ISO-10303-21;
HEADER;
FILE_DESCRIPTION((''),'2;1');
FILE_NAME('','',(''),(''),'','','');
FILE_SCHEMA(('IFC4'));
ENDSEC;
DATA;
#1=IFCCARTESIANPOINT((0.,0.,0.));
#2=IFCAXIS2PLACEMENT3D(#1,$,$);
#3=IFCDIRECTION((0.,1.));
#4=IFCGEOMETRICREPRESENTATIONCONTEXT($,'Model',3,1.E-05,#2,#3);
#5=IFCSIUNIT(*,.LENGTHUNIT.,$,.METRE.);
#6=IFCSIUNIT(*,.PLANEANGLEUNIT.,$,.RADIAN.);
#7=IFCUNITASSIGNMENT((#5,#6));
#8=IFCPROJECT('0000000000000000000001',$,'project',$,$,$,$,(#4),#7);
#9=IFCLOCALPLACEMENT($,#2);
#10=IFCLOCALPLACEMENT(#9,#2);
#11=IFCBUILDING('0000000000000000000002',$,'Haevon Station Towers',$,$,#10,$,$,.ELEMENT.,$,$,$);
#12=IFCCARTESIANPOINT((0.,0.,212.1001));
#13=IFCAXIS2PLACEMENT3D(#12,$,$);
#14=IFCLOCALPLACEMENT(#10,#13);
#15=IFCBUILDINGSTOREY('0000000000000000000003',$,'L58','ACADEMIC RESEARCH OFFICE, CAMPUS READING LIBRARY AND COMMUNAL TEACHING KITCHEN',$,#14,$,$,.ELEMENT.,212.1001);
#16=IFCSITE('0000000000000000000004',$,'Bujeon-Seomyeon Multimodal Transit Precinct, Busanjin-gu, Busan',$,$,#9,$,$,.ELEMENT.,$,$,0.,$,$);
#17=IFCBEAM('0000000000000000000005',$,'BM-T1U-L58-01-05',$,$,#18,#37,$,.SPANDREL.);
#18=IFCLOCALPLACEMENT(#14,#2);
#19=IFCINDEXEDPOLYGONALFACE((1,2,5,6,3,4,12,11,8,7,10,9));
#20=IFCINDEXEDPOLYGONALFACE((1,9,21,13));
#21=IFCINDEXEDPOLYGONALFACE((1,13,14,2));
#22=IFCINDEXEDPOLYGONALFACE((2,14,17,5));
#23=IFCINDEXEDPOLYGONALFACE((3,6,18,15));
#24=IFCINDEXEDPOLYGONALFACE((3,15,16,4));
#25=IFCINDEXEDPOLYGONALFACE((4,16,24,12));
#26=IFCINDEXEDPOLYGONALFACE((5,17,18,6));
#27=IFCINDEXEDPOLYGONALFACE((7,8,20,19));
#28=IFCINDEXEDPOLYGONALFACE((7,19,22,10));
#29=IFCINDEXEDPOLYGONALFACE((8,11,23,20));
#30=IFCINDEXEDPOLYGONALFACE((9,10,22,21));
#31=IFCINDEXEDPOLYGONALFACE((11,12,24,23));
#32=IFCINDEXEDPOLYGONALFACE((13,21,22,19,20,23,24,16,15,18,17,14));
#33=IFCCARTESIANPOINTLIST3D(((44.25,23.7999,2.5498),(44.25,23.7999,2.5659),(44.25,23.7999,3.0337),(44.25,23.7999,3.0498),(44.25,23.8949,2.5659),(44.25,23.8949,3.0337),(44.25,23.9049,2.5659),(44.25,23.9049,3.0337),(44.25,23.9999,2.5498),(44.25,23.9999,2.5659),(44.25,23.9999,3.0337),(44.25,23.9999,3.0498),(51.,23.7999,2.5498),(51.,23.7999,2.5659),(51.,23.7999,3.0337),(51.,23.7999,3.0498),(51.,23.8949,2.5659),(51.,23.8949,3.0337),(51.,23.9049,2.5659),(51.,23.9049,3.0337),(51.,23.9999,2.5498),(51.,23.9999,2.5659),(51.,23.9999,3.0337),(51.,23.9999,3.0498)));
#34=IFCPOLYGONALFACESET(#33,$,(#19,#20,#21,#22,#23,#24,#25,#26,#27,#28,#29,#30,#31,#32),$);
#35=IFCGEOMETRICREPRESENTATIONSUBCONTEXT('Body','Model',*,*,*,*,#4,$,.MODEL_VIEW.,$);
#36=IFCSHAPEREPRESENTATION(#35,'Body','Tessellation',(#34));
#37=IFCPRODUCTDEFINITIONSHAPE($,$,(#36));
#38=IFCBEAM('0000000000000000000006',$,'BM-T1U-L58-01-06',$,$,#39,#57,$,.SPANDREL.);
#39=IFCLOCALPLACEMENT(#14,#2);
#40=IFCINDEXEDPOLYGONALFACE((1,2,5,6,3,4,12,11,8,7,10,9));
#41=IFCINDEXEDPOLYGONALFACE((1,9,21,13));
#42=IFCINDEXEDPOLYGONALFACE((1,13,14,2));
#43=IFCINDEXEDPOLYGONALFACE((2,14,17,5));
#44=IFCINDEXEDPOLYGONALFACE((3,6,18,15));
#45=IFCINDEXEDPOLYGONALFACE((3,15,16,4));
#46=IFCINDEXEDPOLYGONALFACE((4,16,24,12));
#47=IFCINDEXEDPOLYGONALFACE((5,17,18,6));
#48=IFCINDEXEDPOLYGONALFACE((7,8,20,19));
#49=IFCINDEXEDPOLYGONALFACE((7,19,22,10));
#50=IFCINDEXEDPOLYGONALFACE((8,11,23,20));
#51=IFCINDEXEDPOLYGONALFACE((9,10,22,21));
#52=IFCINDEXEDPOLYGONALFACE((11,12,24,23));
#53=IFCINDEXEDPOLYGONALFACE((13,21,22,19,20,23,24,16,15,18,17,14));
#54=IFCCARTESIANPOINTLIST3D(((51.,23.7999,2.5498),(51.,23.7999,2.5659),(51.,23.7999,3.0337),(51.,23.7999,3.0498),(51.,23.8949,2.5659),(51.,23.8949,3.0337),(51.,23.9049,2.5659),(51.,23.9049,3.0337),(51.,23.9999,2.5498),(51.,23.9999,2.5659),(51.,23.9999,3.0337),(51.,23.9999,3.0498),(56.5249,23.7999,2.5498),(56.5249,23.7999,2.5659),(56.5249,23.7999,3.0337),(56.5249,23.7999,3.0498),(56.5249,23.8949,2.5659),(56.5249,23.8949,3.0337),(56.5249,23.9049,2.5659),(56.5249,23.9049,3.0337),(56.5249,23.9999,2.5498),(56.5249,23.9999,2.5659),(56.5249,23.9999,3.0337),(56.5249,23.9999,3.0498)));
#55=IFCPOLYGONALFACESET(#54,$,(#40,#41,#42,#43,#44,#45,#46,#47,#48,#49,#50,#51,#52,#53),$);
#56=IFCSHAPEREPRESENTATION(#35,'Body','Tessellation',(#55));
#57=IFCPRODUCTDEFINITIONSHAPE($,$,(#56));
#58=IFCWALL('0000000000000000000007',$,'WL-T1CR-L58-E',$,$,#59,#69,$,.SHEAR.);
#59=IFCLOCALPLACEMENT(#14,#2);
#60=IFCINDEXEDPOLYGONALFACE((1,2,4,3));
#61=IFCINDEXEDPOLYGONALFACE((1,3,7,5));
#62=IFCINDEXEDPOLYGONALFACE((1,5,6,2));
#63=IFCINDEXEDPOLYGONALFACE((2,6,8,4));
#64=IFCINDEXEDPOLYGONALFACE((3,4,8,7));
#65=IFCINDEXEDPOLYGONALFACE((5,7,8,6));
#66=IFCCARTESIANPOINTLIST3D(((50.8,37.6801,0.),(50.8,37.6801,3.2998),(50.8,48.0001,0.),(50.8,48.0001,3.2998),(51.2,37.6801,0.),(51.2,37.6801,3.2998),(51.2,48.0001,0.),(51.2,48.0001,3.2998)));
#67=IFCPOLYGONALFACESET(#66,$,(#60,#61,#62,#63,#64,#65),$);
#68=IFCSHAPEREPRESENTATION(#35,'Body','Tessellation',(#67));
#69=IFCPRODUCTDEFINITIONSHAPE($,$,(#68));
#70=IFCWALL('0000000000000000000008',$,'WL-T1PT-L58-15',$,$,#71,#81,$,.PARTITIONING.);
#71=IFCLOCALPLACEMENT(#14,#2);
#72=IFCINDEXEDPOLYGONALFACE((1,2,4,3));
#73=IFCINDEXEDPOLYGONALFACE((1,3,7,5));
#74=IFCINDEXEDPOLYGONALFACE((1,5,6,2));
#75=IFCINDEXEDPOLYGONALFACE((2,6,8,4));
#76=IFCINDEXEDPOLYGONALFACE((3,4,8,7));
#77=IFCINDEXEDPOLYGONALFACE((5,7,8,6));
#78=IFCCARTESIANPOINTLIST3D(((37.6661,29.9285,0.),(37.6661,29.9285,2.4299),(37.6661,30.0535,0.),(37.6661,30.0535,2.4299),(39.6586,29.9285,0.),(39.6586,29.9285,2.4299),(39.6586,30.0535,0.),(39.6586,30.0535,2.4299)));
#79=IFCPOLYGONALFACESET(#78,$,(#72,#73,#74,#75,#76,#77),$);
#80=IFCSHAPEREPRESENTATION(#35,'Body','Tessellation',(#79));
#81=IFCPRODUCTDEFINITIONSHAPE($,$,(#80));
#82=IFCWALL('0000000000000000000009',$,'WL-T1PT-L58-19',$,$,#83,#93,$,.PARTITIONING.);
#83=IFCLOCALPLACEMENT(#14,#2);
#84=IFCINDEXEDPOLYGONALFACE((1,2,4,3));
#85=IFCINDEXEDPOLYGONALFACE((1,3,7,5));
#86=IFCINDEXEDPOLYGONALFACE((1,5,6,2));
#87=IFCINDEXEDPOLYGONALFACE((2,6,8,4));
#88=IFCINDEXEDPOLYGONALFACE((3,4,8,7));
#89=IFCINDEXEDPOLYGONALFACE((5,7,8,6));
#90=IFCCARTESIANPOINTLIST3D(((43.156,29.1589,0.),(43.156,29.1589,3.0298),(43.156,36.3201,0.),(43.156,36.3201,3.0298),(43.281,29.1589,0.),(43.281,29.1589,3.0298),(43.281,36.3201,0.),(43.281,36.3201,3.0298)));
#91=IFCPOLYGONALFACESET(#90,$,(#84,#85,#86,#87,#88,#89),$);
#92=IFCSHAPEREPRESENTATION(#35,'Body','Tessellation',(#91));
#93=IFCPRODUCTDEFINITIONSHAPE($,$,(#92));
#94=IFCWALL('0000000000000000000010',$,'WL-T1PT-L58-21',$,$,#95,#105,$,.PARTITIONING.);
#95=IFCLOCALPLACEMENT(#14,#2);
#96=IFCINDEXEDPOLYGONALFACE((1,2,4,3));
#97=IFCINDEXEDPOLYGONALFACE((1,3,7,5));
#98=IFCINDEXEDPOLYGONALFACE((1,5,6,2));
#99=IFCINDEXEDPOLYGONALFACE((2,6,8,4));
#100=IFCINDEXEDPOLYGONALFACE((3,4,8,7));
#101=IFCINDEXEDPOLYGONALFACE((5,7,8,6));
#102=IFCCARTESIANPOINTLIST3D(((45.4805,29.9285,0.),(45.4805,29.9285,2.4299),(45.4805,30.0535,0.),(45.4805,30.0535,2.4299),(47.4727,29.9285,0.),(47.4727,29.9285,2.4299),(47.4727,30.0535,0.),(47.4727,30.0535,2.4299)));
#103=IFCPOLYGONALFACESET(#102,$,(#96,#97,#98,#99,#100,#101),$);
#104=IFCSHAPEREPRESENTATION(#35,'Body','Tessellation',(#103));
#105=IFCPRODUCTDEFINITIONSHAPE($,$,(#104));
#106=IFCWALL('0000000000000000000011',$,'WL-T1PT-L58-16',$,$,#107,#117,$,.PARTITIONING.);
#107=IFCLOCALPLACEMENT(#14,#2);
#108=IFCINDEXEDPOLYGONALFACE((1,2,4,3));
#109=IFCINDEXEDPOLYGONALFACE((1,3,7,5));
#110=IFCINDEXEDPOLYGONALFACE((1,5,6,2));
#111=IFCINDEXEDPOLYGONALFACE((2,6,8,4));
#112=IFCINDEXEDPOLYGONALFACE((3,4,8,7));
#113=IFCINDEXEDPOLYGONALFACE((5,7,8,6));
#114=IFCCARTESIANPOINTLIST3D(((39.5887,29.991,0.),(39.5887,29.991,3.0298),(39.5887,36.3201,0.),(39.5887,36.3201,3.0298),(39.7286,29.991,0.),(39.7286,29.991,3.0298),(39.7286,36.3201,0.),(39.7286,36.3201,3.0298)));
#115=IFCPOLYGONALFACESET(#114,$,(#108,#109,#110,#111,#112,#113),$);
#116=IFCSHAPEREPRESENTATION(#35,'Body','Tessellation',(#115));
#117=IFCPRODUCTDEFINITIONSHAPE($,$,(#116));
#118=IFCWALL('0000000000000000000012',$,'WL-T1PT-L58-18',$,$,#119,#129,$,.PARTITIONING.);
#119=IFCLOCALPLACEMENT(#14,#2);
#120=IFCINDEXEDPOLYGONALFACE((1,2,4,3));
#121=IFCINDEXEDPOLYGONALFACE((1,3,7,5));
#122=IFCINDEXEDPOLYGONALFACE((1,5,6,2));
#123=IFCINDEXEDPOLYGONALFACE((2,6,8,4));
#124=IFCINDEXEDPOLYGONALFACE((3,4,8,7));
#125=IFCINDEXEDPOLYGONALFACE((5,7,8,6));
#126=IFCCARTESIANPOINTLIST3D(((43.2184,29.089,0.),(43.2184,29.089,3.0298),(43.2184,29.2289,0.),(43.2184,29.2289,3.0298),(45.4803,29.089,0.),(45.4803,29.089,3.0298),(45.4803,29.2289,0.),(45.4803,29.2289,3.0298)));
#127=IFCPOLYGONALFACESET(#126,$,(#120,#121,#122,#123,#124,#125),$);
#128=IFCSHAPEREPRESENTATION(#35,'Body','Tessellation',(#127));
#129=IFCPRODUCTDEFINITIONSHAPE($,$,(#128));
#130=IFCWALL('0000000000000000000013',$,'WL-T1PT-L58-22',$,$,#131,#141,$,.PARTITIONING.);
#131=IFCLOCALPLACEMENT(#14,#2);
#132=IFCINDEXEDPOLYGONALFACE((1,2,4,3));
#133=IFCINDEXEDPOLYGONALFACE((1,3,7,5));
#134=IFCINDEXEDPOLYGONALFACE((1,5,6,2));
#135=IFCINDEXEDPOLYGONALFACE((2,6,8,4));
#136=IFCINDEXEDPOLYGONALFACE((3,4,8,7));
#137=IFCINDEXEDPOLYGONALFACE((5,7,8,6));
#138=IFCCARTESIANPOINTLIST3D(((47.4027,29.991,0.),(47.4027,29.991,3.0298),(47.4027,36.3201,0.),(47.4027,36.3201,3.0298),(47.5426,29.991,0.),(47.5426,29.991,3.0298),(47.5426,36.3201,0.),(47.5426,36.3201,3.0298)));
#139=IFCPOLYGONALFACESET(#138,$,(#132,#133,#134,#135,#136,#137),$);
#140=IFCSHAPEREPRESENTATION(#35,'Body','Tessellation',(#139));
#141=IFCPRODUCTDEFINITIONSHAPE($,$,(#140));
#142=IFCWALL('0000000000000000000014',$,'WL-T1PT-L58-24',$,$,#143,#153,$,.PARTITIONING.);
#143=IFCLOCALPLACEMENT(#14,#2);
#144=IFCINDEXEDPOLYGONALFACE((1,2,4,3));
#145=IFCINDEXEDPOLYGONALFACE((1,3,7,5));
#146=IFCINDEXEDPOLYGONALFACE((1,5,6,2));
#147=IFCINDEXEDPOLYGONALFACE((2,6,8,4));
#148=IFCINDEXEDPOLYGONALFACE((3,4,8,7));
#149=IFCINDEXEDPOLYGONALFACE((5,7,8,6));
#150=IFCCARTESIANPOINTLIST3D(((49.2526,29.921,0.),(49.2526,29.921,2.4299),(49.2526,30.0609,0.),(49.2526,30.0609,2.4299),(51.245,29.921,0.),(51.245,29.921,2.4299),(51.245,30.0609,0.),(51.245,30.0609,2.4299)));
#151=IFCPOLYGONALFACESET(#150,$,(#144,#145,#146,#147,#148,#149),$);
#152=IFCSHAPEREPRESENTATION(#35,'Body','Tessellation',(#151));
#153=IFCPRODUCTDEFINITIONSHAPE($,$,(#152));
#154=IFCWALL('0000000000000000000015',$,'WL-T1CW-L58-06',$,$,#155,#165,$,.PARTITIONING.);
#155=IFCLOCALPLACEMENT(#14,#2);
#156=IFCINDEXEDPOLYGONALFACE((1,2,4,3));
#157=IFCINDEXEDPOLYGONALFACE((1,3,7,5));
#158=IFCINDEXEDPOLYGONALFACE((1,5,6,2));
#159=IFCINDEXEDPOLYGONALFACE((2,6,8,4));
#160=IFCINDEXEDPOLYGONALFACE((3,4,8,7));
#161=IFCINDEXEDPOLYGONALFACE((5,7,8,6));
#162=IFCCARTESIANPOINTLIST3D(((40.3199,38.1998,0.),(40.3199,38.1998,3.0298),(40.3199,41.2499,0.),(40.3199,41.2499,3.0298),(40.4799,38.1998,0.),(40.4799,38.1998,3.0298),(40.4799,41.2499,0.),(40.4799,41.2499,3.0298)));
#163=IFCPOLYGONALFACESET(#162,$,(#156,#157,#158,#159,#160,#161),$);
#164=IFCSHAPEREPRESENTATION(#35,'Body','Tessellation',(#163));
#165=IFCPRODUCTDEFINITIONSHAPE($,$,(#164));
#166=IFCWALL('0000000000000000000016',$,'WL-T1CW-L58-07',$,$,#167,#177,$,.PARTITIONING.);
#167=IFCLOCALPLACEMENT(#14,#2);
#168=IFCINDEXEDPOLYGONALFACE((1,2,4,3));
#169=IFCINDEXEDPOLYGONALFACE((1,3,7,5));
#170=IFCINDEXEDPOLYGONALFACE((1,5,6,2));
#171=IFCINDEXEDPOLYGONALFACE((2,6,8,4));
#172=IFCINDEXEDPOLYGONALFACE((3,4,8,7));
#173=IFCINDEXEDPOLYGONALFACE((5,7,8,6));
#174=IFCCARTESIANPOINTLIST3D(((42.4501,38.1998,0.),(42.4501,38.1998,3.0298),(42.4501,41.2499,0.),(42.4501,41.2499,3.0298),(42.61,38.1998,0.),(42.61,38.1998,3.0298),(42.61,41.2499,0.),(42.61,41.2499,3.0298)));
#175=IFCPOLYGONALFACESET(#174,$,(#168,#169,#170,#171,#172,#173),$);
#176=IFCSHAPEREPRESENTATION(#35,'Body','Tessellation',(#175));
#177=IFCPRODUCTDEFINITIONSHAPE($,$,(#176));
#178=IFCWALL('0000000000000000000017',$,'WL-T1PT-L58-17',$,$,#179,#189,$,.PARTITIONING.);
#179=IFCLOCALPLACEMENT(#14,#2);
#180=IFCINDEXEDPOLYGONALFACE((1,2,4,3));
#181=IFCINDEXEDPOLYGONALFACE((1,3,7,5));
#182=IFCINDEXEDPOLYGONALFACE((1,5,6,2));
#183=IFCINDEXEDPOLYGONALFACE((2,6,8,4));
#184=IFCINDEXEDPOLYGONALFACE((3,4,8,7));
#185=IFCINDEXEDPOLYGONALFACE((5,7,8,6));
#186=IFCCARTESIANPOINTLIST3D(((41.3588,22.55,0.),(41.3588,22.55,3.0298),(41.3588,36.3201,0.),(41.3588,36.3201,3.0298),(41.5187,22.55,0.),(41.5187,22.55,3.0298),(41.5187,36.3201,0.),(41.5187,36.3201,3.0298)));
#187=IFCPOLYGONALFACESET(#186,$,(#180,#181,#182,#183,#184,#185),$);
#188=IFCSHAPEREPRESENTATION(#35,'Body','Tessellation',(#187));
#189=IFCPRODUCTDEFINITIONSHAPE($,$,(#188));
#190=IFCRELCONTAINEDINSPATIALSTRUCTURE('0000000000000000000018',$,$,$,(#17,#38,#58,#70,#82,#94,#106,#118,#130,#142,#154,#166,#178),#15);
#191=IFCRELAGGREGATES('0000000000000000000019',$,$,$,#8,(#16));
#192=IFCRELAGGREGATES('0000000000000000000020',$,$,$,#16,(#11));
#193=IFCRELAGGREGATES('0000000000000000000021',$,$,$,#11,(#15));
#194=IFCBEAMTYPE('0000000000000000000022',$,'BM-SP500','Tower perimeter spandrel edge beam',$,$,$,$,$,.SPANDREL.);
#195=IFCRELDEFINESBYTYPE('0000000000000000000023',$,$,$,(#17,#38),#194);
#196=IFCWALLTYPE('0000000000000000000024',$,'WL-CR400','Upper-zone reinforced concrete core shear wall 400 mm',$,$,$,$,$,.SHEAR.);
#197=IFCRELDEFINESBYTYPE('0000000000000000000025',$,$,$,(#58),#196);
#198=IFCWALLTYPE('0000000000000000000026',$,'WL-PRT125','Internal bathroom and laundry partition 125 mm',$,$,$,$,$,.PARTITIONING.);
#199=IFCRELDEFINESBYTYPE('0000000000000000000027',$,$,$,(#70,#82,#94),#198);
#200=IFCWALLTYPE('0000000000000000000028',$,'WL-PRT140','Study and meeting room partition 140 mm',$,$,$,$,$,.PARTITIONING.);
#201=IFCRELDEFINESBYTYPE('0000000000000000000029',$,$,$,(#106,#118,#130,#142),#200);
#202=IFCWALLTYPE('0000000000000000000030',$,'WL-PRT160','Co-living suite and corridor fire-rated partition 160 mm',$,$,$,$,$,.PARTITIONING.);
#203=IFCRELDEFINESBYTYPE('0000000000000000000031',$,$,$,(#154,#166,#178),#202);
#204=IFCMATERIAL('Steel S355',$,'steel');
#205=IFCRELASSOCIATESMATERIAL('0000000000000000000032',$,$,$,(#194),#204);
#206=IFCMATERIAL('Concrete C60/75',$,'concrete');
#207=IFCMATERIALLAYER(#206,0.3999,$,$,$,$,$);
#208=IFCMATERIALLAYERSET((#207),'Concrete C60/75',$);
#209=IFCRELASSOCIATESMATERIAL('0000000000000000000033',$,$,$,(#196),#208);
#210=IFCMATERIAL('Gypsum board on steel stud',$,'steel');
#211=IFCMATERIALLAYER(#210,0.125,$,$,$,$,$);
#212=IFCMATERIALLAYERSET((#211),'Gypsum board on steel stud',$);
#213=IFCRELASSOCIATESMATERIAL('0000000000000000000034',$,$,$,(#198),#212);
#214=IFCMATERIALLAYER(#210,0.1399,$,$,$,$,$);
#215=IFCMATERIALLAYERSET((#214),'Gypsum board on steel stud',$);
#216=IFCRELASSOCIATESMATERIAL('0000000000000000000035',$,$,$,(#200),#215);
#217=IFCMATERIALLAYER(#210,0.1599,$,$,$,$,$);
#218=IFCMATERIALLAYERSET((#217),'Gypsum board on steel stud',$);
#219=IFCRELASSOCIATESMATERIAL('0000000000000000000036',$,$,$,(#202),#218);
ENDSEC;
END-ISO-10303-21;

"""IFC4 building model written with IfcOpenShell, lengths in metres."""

from ifc_helpers import new_model, si_unit, direction, frame, frame_2d, origin, origin_2d, place, context, subcontext, project, spatial, rectangle, i_section, extrude, material, layer, layer_set, material_profile, profile_set, type_object, element, save


model = new_model("IFC4")

# Units and contexts
model_context = context("Model", 3, precision=1e-05, world=origin(), true_north=direction((0.0, 1.0)))
body_context = subcontext(model_context, "Body", "Model", "MODEL_VIEW")
ifc_project = project(units=[si_unit("LENGTHUNIT", "METRE"), si_unit("PLANEANGLEUNIT", "RADIAN")], contexts=[model_context])

# Site, building, storey
site_placement = place(None, origin())
site = spatial("IfcSite", under=ifc_project, at=site_placement, Name="Bujeon-Seomyeon Multimodal Transit Precinct, Busanjin-gu, Busan", CompositionType="ELEMENT", RefElevation=0.0)
building_placement = place(site_placement, origin())
building = spatial("IfcBuilding", under=site, at=building_placement, Name="Haevon Station Towers", CompositionType="ELEMENT")
storey_placement = place(building_placement, frame((0.0, 0.0, 212.1001)))
storey = spatial("IfcBuildingStorey", under=building, at=storey_placement, Name="L58", Description="ACADEMIC RESEARCH OFFICE, CAMPUS READING LIBRARY AND COMMUNAL TEACHING KITCHEN", CompositionType="ELEMENT", Elevation=212.1001)

# Shared definitions
ifc_material_1 = material(Name="Steel S355", Category="steel")

# Beams
ifc_material_profile_1 = material_profile(ifc_material_1, i_section(OverallWidth=0.2, OverallDepth=0.5, WebThickness=0.01, FlangeThickness=0.0161, at=origin_2d()), Name="H-500x200x10x16")
ifc_profile_set_1 = profile_set([ifc_material_profile_1], Name="Steel S355")
beam_type_1 = type_object("IfcBeamType", Name="BM-SP500", Description="Tower perimeter spandrel edge beam", PredefinedType="SPANDREL", material=ifc_profile_set_1)
beam_1_placement = place(storey_placement, frame((44.25, 23.8999, 2.7998), z_axis=(1.0, 0.0, 0.0), x_axis=(0.0, 1.0, 0.0)))
element("IfcBeam", 1, at=beam_1_placement, inside=storey, type_object=beam_type_1, Name="BM-T1U-L58-01-05", PredefinedType="SPANDREL", context=body_context, shape_type="SweptSolid", body=[
    extrude(i_section(OverallWidth=0.2, OverallDepth=0.5, WebThickness=0.01, FlangeThickness=0.0161, at=origin_2d()), origin(), (0.0, 0.0, 1.0), 6.75),
])
beam_2_placement = place(storey_placement, frame((51.0, 23.8999, 2.7998), z_axis=(1.0, 0.0, 0.0), x_axis=(0.0, 1.0, 0.0)))
element("IfcBeam", 2, at=beam_2_placement, inside=storey, type_object=beam_type_1, Name="BM-T1U-L58-01-06", PredefinedType="SPANDREL", context=body_context, shape_type="SweptSolid", body=[
    extrude(i_section(OverallWidth=0.2, OverallDepth=0.5, WebThickness=0.01, FlangeThickness=0.0161, at=origin_2d()), origin(), (0.0, 0.0, 1.0), 5.5249),
])

# Walls
ifc_material_2 = material(Name="Concrete C60/75", Category="concrete")
ifc_layer_1 = layer(ifc_material_2, 0.3999)
ifc_layer_set_1 = layer_set([ifc_layer_1], Name="Concrete C60/75")
wall_type_1 = type_object("IfcWallType", Name="WL-CR400", Description="Upper-zone reinforced concrete core shear wall 400 mm", PredefinedType="SHEAR", material=ifc_layer_set_1)
wall_1_placement = place(storey_placement, frame((51.0, 37.6799, 0.0), z_axis=(0.0, 0.0, 1.0), x_axis=(0.0, 1.0, 0.0)))
element("IfcWall", 3, at=wall_1_placement, inside=storey, type_object=wall_type_1, Name="WL-T1CR-L58-E", PredefinedType="SHEAR", context=body_context, shape_type="SweptSolid", body=[
    extrude(rectangle(XDim=10.3201, YDim=0.3999, at=frame_2d((5.1602, 0.0))), origin(), (0.0, 0.0, 1.0), 3.2998),
])
ifc_material_3 = material(Name="Gypsum board on steel stud", Category="steel")
ifc_layer_2 = layer(ifc_material_3, 0.125)
ifc_layer_set_2 = layer_set([ifc_layer_2], Name="Gypsum board on steel stud")
wall_type_2 = type_object("IfcWallType", Name="WL-PRT125", Description="Internal bathroom and laundry partition 125 mm", PredefinedType="PARTITIONING", material=ifc_layer_set_2)
wall_2_placement = place(storey_placement, frame((37.6663, 29.991, 0.0), z_axis=(0.0, 0.0, 1.0), x_axis=(1.0, 0.0, 0.0)))
element("IfcWall", 4, at=wall_2_placement, inside=storey, type_object=wall_type_2, Name="WL-T1PT-L58-15", PredefinedType="PARTITIONING", context=body_context, shape_type="SweptSolid", body=[
    extrude(rectangle(XDim=1.9924, YDim=0.125, at=frame_2d((0.9961, 0.0))), origin(), (0.0, 0.0, 1.0), 2.4299),
])
wall_3_placement = place(storey_placement, frame((43.2185, 29.1589, 0.0), z_axis=(0.0, 0.0, 1.0), x_axis=(0.0, 1.0, 0.0)))
element("IfcWall", 5, at=wall_3_placement, inside=storey, type_object=wall_type_2, Name="WL-T1PT-L58-19", PredefinedType="PARTITIONING", context=body_context, shape_type="SweptSolid", body=[
    extrude(rectangle(XDim=7.1611, YDim=0.125, at=frame_2d((3.5806, 0.0))), origin(), (0.0, 0.0, 1.0), 3.0298),
])
wall_4_placement = place(storey_placement, frame((45.4805, 29.991, 0.0), z_axis=(0.0, 0.0, 1.0), x_axis=(1.0, 0.0, 0.0)))
element("IfcWall", 6, at=wall_4_placement, inside=storey, type_object=wall_type_2, Name="WL-T1PT-L58-21", PredefinedType="PARTITIONING", context=body_context, shape_type="SweptSolid", body=[
    extrude(rectangle(XDim=1.9922, YDim=0.125, at=frame_2d((0.9961, 0.0))), origin(), (0.0, 0.0, 1.0), 2.4299),
])
ifc_layer_3 = layer(ifc_material_3, 0.1399)
ifc_layer_set_3 = layer_set([ifc_layer_3], Name="Gypsum board on steel stud")
wall_type_3 = type_object("IfcWallType", Name="WL-PRT140", Description="Study and meeting room partition 140 mm", PredefinedType="PARTITIONING", material=ifc_layer_set_3)
wall_5_placement = place(storey_placement, frame((39.6587, 29.991, 0.0), z_axis=(0.0, 0.0, 1.0), x_axis=(0.0, 1.0, 0.0)))
element("IfcWall", 7, at=wall_5_placement, inside=storey, type_object=wall_type_3, Name="WL-T1PT-L58-16", PredefinedType="PARTITIONING", context=body_context, shape_type="SweptSolid", body=[
    extrude(rectangle(XDim=6.3291, YDim=0.1399, at=frame_2d((3.1646, 0.0))), origin(), (0.0, 0.0, 1.0), 3.0298),
])
wall_6_placement = place(storey_placement, frame((43.2185, 29.1589, 0.0), z_axis=(0.0, 0.0, 1.0), x_axis=(1.0, 0.0, 0.0)))
element("IfcWall", 8, at=wall_6_placement, inside=storey, type_object=wall_type_3, Name="WL-T1PT-L58-18", PredefinedType="PARTITIONING", context=body_context, shape_type="SweptSolid", body=[
    extrude(rectangle(XDim=2.262, YDim=0.1399, at=frame_2d((1.1309, 0.0))), origin(), (0.0, 0.0, 1.0), 3.0298),
])
wall_7_placement = place(storey_placement, frame((47.4727, 29.991, 0.0), z_axis=(0.0, 0.0, 1.0), x_axis=(0.0, 1.0, 0.0)))
element("IfcWall", 9, at=wall_7_placement, inside=storey, type_object=wall_type_3, Name="WL-T1PT-L58-22", PredefinedType="PARTITIONING", context=body_context, shape_type="SweptSolid", body=[
    extrude(rectangle(XDim=6.3291, YDim=0.1399, at=frame_2d((3.1646, 0.0))), origin(), (0.0, 0.0, 1.0), 3.0298),
])
wall_8_placement = place(storey_placement, frame((49.2527, 29.991, 0.0), z_axis=(0.0, 0.0, 1.0), x_axis=(1.0, 0.0, 0.0)))
element("IfcWall", 10, at=wall_8_placement, inside=storey, type_object=wall_type_3, Name="WL-T1PT-L58-24", PredefinedType="PARTITIONING", context=body_context, shape_type="SweptSolid", body=[
    extrude(rectangle(XDim=1.9924, YDim=0.1399, at=frame_2d((0.9961, 0.0))), origin(), (0.0, 0.0, 1.0), 2.4299),
])
ifc_layer_4 = layer(ifc_material_3, 0.1599)
ifc_layer_set_4 = layer_set([ifc_layer_4], Name="Gypsum board on steel stud")
wall_type_4 = type_object("IfcWallType", Name="WL-PRT160", Description="Co-living suite and corridor fire-rated partition 160 mm", PredefinedType="PARTITIONING", material=ifc_layer_set_4)
for number, where, z_axis, x_axis, name in (
    (11, (40.3999, 38.2, 0.0), (0.0, 0.0, 1.0), (0.0, 1.0, 0.0), "WL-T1CW-L58-06"),
    (12, (42.53, 38.2, 0.0), (0.0, 0.0, 1.0), (0.0, 1.0, 0.0), "WL-T1CW-L58-07"),
):
    element("IfcWall", number, at=place(storey_placement, frame(where, z_axis=z_axis, x_axis=x_axis)), inside=storey, type_object=wall_type_4, Name=name, PredefinedType="PARTITIONING", context=body_context, shape_type="SweptSolid", body=[
        extrude(rectangle(XDim=3.05, YDim=0.1599, at=frame_2d((1.5249, 0.0))), origin(), (0.0, 0.0, 1.0), 3.0298),
    ])
for number, where, z_axis, x_axis, name in (
    (13, (41.4387, 22.55, 0.0), (0.0, 0.0, 1.0), (0.0, 1.0, 0.0), "WL-T1PT-L58-17"),
):
    element("IfcWall", number, at=place(storey_placement, frame(where, z_axis=z_axis, x_axis=x_axis)), inside=storey, type_object=wall_type_4, Name=name, PredefinedType="PARTITIONING", context=body_context, shape_type="SweptSolid", body=[
        extrude(rectangle(XDim=13.77, YDim=0.1599, at=frame_2d((6.885, 0.0))), origin(), (0.0, 0.0, 1.0), 3.0298),
    ])

save(model, "model.ifc")
